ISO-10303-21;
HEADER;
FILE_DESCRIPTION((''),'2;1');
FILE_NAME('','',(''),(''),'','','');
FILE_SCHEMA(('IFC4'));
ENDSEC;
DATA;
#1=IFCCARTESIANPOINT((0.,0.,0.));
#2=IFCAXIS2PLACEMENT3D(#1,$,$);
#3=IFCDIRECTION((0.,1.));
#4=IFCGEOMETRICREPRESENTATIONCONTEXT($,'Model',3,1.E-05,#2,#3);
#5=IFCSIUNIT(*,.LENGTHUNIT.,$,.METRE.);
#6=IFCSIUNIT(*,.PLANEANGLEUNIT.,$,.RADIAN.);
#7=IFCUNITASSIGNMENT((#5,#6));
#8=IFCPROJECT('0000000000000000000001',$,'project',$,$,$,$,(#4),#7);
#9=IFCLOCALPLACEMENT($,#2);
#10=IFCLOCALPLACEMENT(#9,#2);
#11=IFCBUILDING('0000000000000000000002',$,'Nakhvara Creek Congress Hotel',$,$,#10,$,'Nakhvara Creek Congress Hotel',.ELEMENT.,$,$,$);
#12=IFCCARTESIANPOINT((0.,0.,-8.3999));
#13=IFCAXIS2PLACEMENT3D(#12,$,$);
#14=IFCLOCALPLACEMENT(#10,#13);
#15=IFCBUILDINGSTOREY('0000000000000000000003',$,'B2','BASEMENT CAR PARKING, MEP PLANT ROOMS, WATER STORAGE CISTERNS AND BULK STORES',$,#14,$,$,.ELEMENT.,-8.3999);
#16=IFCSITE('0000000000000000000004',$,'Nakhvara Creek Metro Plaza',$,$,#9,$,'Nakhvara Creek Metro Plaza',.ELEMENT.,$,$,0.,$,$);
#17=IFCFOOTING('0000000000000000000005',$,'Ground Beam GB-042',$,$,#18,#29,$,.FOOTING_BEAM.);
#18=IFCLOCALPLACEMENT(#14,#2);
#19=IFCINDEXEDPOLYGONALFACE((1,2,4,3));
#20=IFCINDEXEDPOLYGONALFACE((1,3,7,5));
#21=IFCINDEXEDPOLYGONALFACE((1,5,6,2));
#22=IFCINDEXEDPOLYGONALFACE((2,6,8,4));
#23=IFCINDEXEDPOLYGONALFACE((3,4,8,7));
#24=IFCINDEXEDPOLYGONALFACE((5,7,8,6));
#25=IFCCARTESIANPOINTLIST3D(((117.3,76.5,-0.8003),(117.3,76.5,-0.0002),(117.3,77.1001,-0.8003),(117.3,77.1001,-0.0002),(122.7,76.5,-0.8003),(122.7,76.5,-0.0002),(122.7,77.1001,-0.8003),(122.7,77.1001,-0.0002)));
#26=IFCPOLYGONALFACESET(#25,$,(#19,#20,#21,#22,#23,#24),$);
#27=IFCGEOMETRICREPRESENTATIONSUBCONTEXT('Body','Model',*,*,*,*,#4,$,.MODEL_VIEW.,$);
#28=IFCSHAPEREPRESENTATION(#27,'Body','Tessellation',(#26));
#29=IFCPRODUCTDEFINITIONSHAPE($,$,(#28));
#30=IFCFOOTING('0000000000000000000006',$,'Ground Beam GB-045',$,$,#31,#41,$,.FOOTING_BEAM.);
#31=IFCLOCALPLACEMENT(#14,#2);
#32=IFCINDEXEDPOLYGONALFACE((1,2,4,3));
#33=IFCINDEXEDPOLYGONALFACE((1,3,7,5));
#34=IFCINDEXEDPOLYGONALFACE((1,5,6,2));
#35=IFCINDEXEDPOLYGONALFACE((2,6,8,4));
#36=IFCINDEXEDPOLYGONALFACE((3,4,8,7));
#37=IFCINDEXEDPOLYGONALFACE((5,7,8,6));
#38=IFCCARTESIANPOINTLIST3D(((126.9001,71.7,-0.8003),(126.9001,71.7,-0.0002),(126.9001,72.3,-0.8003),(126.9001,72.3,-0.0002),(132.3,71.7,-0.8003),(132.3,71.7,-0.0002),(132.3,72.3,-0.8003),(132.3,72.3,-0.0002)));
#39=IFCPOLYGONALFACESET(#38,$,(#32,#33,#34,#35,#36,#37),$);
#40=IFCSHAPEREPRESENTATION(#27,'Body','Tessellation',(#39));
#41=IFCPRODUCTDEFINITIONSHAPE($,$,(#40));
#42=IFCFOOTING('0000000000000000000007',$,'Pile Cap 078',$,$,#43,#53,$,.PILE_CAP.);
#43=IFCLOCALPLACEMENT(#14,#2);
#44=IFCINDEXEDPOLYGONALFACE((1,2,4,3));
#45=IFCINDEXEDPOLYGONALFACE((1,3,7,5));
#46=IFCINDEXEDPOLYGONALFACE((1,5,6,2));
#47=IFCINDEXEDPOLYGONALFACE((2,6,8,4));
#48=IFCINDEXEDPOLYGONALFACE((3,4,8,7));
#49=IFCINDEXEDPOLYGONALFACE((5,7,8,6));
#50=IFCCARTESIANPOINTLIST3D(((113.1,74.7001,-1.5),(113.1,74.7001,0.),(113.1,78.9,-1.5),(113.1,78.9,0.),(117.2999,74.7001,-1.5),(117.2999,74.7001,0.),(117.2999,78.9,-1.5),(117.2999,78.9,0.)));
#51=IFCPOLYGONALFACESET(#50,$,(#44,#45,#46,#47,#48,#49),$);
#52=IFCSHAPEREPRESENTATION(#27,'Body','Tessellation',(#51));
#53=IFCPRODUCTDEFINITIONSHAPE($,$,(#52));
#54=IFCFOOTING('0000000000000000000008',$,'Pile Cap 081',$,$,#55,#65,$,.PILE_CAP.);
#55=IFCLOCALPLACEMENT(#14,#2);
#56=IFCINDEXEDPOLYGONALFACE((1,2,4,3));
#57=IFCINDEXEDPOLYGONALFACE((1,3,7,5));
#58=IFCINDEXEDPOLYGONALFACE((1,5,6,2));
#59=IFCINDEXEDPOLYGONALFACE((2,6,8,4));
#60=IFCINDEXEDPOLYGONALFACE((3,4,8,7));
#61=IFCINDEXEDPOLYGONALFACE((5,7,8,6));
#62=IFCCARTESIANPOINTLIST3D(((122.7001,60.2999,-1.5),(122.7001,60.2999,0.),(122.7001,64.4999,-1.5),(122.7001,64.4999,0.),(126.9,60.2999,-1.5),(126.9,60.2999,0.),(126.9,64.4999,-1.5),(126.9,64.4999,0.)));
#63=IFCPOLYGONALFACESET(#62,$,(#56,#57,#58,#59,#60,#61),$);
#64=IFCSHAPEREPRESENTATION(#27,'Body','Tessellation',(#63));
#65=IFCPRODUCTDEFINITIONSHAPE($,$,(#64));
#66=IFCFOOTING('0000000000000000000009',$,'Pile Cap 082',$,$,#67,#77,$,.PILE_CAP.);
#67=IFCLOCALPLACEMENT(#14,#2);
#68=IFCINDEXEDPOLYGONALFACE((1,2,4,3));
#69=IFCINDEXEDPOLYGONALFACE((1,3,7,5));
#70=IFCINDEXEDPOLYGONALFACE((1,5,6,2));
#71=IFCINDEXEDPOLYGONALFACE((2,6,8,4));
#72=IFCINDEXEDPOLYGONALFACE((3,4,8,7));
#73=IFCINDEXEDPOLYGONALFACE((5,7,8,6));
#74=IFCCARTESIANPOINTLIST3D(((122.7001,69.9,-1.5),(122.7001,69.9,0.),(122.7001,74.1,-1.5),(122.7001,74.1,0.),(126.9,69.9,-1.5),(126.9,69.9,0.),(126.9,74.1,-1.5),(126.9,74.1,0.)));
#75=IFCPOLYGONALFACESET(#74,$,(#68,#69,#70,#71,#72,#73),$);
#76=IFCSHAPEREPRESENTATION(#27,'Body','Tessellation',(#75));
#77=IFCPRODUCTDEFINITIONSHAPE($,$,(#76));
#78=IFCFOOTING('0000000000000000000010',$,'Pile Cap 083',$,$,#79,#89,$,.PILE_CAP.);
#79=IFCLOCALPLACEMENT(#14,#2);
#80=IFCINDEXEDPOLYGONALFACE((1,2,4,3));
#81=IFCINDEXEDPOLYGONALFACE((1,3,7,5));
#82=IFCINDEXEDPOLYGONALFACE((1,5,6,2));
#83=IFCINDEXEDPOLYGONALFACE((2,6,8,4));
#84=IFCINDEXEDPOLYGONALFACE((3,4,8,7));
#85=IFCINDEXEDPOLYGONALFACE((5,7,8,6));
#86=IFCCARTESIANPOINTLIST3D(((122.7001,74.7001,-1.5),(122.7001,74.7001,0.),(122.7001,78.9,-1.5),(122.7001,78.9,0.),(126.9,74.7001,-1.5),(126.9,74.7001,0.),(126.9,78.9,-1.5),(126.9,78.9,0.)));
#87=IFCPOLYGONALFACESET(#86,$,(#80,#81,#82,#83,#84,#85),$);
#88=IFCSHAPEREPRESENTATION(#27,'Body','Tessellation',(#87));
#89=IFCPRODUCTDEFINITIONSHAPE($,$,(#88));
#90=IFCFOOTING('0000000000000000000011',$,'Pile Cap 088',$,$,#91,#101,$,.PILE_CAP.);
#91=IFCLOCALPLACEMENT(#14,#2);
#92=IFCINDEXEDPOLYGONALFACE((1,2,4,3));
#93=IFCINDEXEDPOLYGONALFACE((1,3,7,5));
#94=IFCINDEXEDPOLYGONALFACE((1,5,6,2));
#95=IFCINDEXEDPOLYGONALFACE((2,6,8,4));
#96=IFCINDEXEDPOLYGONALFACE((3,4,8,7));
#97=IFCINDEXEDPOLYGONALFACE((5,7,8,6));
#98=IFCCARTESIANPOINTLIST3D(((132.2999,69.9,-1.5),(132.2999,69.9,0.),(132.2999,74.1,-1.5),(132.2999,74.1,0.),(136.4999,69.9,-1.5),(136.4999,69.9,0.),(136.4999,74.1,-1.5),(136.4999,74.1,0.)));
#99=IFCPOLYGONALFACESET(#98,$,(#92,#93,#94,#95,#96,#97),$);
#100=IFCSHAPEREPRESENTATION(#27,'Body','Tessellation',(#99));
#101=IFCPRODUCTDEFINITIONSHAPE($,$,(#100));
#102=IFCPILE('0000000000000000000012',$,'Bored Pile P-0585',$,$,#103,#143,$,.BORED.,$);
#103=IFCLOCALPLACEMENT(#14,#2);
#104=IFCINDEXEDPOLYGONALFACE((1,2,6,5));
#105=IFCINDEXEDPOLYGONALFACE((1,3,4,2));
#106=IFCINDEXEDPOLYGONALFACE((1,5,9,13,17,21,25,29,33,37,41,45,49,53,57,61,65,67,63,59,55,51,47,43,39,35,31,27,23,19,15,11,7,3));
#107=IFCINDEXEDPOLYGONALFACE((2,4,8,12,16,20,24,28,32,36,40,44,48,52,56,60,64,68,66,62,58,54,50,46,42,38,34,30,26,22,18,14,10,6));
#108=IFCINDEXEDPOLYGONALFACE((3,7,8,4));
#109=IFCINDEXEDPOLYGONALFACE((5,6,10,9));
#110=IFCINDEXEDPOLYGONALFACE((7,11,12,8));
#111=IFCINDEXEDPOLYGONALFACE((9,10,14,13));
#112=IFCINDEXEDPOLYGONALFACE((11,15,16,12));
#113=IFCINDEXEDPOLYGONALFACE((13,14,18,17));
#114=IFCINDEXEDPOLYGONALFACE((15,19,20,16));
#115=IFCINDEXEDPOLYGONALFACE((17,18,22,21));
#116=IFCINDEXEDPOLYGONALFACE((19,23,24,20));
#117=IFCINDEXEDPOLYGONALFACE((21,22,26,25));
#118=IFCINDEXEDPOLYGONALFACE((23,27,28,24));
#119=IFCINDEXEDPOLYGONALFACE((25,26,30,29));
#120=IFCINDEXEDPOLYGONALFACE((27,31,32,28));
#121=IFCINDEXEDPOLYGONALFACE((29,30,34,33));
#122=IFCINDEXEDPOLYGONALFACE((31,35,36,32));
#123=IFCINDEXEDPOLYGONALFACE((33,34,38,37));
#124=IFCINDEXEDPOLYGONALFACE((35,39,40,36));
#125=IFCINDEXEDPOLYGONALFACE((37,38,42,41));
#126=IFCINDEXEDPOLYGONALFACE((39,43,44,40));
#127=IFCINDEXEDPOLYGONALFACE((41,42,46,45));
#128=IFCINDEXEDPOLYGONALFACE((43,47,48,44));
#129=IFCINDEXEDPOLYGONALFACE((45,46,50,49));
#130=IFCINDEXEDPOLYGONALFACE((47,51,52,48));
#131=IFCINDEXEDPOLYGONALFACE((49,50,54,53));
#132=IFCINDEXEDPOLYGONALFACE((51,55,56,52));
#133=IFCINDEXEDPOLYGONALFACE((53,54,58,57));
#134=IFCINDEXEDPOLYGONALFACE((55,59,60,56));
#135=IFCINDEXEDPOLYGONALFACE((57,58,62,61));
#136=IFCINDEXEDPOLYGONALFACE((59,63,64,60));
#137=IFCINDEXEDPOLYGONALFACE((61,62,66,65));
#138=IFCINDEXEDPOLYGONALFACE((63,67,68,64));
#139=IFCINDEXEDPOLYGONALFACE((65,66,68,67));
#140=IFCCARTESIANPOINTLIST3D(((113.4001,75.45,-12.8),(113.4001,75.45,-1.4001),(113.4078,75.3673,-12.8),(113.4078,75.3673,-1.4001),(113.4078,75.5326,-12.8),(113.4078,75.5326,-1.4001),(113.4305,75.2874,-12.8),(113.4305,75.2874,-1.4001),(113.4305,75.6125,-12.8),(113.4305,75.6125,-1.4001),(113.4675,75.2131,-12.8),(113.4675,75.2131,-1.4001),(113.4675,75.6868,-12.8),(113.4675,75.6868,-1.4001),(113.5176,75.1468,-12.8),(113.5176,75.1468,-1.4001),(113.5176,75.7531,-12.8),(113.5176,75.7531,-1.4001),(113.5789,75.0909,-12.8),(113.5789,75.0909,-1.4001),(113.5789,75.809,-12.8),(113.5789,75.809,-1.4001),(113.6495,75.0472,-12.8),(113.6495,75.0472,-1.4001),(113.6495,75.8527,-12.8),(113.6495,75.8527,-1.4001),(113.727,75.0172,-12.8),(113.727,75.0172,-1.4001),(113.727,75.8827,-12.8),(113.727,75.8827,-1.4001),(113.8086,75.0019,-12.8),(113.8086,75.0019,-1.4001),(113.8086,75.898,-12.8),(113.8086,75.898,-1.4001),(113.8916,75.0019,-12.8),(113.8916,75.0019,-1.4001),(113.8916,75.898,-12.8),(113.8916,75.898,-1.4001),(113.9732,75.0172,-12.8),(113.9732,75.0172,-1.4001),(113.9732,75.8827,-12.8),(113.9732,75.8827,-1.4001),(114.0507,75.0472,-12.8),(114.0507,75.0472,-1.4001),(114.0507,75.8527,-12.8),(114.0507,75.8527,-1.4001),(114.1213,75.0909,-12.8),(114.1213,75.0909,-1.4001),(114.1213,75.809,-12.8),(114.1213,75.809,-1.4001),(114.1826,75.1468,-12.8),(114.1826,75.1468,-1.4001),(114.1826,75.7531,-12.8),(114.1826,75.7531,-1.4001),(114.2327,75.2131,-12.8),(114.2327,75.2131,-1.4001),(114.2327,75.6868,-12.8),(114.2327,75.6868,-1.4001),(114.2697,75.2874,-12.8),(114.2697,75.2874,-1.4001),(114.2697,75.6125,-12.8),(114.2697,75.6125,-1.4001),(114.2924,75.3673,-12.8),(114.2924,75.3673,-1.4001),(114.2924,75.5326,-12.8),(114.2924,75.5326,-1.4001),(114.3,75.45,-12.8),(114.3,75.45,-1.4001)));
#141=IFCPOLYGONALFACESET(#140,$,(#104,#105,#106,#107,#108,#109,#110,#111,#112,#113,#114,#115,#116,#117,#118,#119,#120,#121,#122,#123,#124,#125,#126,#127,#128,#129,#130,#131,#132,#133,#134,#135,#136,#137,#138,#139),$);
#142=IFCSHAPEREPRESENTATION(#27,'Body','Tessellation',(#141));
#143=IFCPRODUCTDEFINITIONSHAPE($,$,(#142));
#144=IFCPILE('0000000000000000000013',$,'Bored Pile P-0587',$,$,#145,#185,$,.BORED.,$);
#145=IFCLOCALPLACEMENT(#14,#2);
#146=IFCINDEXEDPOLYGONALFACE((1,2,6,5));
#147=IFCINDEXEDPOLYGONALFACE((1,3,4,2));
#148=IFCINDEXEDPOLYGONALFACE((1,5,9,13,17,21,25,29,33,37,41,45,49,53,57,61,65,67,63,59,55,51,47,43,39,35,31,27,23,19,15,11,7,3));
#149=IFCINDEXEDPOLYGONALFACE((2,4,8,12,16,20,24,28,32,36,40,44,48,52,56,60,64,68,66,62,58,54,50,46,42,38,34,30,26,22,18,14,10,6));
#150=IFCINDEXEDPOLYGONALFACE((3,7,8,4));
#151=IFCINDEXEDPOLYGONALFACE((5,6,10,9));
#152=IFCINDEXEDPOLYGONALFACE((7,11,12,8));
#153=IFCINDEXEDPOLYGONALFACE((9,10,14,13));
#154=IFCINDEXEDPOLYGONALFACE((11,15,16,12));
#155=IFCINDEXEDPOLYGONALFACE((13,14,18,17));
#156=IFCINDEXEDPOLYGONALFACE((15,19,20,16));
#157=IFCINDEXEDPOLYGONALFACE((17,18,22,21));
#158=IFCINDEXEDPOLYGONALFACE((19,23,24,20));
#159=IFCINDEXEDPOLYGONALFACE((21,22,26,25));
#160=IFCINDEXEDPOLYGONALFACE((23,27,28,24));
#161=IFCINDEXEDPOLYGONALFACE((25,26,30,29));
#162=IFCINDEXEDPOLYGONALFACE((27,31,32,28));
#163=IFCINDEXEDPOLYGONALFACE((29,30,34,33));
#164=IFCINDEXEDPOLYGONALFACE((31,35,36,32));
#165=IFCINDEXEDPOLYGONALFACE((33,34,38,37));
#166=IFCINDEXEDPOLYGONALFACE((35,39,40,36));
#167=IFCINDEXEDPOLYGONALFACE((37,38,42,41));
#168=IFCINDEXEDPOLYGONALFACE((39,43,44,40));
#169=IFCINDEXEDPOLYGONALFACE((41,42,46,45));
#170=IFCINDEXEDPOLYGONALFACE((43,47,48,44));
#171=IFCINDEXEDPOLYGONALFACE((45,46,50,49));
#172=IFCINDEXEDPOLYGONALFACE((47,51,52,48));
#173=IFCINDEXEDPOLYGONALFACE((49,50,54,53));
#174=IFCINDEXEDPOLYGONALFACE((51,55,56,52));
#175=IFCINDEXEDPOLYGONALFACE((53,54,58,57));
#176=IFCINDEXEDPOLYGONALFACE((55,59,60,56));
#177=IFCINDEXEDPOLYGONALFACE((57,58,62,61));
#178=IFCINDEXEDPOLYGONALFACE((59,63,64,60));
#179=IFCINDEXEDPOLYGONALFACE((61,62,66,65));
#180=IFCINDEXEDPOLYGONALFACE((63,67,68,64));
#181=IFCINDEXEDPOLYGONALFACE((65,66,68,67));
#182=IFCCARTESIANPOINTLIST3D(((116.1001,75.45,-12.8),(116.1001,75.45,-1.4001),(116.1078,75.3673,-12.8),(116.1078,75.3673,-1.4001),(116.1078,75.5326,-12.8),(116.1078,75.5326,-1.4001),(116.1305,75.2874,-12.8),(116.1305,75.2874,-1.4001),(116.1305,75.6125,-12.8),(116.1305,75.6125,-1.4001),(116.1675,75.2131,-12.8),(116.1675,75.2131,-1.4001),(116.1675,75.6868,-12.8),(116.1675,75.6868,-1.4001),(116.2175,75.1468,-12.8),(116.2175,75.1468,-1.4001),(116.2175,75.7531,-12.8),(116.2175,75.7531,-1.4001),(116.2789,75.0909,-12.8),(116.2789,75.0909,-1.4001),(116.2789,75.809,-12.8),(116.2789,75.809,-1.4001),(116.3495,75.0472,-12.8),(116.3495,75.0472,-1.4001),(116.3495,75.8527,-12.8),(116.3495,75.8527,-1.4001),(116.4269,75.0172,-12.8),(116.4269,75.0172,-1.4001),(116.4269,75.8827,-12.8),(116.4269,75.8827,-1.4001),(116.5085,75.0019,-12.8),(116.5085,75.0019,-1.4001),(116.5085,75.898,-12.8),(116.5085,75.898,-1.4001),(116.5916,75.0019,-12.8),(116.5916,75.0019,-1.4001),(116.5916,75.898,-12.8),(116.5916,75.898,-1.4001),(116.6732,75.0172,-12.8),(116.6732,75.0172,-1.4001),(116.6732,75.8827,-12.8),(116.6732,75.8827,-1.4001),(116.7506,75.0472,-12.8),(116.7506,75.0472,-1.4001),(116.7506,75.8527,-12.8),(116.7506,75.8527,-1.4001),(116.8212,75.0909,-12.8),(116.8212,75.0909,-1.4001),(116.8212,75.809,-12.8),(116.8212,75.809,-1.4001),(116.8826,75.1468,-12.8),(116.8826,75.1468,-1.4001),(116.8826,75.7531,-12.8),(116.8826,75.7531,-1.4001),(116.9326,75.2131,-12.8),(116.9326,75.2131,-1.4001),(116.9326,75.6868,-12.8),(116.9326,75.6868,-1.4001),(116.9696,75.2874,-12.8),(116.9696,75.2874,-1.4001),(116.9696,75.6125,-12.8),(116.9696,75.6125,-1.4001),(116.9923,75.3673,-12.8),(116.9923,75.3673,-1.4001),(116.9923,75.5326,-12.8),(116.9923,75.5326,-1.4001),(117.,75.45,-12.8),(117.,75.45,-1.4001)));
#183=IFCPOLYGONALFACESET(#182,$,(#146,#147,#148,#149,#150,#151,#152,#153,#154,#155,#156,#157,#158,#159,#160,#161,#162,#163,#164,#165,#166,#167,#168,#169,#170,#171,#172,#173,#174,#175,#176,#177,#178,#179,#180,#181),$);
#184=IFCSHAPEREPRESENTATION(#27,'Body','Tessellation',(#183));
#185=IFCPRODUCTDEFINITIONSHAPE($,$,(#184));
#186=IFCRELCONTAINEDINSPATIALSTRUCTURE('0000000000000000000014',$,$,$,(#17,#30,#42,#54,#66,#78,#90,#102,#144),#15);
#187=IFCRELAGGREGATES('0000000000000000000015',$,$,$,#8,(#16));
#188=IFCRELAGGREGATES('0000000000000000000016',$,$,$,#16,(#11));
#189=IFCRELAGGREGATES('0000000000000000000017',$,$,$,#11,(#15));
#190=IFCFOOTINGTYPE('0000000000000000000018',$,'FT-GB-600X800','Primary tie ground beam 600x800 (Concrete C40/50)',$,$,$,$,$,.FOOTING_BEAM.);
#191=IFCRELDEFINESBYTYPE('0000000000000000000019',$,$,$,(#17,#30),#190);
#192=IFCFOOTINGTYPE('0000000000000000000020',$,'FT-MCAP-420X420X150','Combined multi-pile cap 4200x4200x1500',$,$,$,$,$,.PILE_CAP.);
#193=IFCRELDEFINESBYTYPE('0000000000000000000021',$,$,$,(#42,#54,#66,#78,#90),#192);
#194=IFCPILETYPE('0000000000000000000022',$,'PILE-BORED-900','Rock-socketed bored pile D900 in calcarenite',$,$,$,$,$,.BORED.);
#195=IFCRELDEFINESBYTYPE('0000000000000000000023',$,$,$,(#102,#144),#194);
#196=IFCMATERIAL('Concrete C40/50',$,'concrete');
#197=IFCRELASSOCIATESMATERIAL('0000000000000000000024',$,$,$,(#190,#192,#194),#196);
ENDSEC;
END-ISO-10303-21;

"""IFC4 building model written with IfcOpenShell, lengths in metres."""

from ifc_helpers import new_model, si_unit, direction, frame, origin, origin_2d, place, context, subcontext, project, spatial, rectangle, circle, extrude, material, material_profile, profile_set, type_object, element, save


model = new_model("IFC4")

# Units and contexts
model_context = context("Model", 3, precision=1e-05, world=origin(), true_north=direction((0.0, 1.0)))
body_context = subcontext(model_context, "Body", "Model", "MODEL_VIEW")
ifc_project = project(units=[si_unit("LENGTHUNIT", "METRE"), si_unit("PLANEANGLEUNIT", "RADIAN")], contexts=[model_context])

# Site, building, storey
site_placement = place(None, origin())
site = spatial("IfcSite", under=ifc_project, at=site_placement, Name="Nakhvara Creek Metro Plaza", LongName="Nakhvara Creek Metro Plaza", CompositionType="ELEMENT", RefElevation=0.0)
building_placement = place(site_placement, origin())
building = spatial("IfcBuilding", under=site, at=building_placement, Name="Nakhvara Creek Congress Hotel", LongName="Nakhvara Creek Congress Hotel", CompositionType="ELEMENT")
storey_placement = place(building_placement, frame((0.0, 0.0, -8.3999)))
storey = spatial("IfcBuildingStorey", under=building, at=storey_placement, Name="B2", Description="BASEMENT CAR PARKING, MEP PLANT ROOMS, WATER STORAGE CISTERNS AND BULK STORES", CompositionType="ELEMENT", Elevation=-8.3999)

# Footings
ifc_material_1 = material(Name="Concrete C40/50", Category="concrete")
footing_type_1 = type_object("IfcFootingType", Name="FT-GB-600X800", Description="Primary tie ground beam 600x800 (Concrete C40/50)", PredefinedType="FOOTING_BEAM", material=ifc_material_1)
for number, where, z_axis, x_axis, name in (
    (1, (120.0, 76.8, -0.8003), (0.0, 0.0, 1.0), (1.0, 0.0, 0.0), "Ground Beam GB-042"),
    (2, (129.6001, 72.0, -0.8003), (0.0, 0.0, 1.0), (1.0, 0.0, 0.0), "Ground Beam GB-045"),
):
    element("IfcFooting", number, at=place(storey_placement, frame(where, z_axis=z_axis, x_axis=x_axis)), inside=storey, type_object=footing_type_1, Name=name, PredefinedType="FOOTING_BEAM", context=body_context, shape_type="SweptSolid", body=[
        extrude(rectangle(XDim=5.3999, YDim=0.6001, at=origin_2d()), origin(), (0.0, 0.0, 1.0), 0.8),
    ])
footing_type_2 = type_object("IfcFootingType", Name="FT-MCAP-420X420X150", Description="Combined multi-pile cap 4200x4200x1500", PredefinedType="PILE_CAP", material=ifc_material_1)
for number, where, z_axis, x_axis, name in (
    (3, (115.2, 76.8, -1.5), (0.0, 0.0, 1.0), (1.0, 0.0, 0.0), "Pile Cap 078"),
    (4, (124.8, 62.3999, -1.5), (0.0, 0.0, 1.0), (1.0, 0.0, 0.0), "Pile Cap 081"),
    (5, (124.8, 72.0, -1.5), (0.0, 0.0, 1.0), (1.0, 0.0, 0.0), "Pile Cap 082"),
    (6, (124.8, 76.8, -1.5), (0.0, 0.0, 1.0), (1.0, 0.0, 0.0), "Pile Cap 083"),
    (7, (134.3999, 72.0, -1.5), (0.0, 0.0, 1.0), (1.0, 0.0, 0.0), "Pile Cap 088"),
):
    element("IfcFooting", number, at=place(storey_placement, frame(where, z_axis=z_axis, x_axis=x_axis)), inside=storey, type_object=footing_type_2, Name=name, PredefinedType="PILE_CAP", context=body_context, shape_type="SweptSolid", body=[
        extrude(rectangle(XDim=4.2, YDim=4.2, at=origin_2d()), origin(), (0.0, 0.0, 1.0), 1.5),
    ])

# Piles
ifc_material_profile_1 = material_profile(ifc_material_1, circle(Radius=0.45, at=origin_2d()), Name="BORED PILE D900", Category="LoadBearing")
ifc_profile_set_1 = profile_set([ifc_material_profile_1], Name="Concrete C40/50")
pile_type = type_object("IfcPileType", Name="PILE-BORED-900", Description="Rock-socketed bored pile D900 in calcarenite", PredefinedType="BORED", material=ifc_profile_set_1)
for number, where, z_axis, x_axis, name in (
    (8, (113.8501, 75.45, -1.4001), (0.0, 0.0, -1.0), (1.0, 0.0, 0.0), "Bored Pile P-0585"),
    (9, (116.55, 75.45, -1.4001), (0.0, 0.0, -1.0), (1.0, 0.0, 0.0), "Bored Pile P-0587"),
):
    element("IfcPile", number, at=place(storey_placement, frame(where, z_axis=z_axis, x_axis=x_axis)), inside=storey, type_object=pile_type, Name=name, PredefinedType="BORED", context=body_context, shape_type="SweptSolid", body=[
        extrude(circle(Radius=0.45, at=origin_2d()), origin(), (0.0, 0.0, 1.0), 11.3999),
    ])

save(model, "model.ifc")
